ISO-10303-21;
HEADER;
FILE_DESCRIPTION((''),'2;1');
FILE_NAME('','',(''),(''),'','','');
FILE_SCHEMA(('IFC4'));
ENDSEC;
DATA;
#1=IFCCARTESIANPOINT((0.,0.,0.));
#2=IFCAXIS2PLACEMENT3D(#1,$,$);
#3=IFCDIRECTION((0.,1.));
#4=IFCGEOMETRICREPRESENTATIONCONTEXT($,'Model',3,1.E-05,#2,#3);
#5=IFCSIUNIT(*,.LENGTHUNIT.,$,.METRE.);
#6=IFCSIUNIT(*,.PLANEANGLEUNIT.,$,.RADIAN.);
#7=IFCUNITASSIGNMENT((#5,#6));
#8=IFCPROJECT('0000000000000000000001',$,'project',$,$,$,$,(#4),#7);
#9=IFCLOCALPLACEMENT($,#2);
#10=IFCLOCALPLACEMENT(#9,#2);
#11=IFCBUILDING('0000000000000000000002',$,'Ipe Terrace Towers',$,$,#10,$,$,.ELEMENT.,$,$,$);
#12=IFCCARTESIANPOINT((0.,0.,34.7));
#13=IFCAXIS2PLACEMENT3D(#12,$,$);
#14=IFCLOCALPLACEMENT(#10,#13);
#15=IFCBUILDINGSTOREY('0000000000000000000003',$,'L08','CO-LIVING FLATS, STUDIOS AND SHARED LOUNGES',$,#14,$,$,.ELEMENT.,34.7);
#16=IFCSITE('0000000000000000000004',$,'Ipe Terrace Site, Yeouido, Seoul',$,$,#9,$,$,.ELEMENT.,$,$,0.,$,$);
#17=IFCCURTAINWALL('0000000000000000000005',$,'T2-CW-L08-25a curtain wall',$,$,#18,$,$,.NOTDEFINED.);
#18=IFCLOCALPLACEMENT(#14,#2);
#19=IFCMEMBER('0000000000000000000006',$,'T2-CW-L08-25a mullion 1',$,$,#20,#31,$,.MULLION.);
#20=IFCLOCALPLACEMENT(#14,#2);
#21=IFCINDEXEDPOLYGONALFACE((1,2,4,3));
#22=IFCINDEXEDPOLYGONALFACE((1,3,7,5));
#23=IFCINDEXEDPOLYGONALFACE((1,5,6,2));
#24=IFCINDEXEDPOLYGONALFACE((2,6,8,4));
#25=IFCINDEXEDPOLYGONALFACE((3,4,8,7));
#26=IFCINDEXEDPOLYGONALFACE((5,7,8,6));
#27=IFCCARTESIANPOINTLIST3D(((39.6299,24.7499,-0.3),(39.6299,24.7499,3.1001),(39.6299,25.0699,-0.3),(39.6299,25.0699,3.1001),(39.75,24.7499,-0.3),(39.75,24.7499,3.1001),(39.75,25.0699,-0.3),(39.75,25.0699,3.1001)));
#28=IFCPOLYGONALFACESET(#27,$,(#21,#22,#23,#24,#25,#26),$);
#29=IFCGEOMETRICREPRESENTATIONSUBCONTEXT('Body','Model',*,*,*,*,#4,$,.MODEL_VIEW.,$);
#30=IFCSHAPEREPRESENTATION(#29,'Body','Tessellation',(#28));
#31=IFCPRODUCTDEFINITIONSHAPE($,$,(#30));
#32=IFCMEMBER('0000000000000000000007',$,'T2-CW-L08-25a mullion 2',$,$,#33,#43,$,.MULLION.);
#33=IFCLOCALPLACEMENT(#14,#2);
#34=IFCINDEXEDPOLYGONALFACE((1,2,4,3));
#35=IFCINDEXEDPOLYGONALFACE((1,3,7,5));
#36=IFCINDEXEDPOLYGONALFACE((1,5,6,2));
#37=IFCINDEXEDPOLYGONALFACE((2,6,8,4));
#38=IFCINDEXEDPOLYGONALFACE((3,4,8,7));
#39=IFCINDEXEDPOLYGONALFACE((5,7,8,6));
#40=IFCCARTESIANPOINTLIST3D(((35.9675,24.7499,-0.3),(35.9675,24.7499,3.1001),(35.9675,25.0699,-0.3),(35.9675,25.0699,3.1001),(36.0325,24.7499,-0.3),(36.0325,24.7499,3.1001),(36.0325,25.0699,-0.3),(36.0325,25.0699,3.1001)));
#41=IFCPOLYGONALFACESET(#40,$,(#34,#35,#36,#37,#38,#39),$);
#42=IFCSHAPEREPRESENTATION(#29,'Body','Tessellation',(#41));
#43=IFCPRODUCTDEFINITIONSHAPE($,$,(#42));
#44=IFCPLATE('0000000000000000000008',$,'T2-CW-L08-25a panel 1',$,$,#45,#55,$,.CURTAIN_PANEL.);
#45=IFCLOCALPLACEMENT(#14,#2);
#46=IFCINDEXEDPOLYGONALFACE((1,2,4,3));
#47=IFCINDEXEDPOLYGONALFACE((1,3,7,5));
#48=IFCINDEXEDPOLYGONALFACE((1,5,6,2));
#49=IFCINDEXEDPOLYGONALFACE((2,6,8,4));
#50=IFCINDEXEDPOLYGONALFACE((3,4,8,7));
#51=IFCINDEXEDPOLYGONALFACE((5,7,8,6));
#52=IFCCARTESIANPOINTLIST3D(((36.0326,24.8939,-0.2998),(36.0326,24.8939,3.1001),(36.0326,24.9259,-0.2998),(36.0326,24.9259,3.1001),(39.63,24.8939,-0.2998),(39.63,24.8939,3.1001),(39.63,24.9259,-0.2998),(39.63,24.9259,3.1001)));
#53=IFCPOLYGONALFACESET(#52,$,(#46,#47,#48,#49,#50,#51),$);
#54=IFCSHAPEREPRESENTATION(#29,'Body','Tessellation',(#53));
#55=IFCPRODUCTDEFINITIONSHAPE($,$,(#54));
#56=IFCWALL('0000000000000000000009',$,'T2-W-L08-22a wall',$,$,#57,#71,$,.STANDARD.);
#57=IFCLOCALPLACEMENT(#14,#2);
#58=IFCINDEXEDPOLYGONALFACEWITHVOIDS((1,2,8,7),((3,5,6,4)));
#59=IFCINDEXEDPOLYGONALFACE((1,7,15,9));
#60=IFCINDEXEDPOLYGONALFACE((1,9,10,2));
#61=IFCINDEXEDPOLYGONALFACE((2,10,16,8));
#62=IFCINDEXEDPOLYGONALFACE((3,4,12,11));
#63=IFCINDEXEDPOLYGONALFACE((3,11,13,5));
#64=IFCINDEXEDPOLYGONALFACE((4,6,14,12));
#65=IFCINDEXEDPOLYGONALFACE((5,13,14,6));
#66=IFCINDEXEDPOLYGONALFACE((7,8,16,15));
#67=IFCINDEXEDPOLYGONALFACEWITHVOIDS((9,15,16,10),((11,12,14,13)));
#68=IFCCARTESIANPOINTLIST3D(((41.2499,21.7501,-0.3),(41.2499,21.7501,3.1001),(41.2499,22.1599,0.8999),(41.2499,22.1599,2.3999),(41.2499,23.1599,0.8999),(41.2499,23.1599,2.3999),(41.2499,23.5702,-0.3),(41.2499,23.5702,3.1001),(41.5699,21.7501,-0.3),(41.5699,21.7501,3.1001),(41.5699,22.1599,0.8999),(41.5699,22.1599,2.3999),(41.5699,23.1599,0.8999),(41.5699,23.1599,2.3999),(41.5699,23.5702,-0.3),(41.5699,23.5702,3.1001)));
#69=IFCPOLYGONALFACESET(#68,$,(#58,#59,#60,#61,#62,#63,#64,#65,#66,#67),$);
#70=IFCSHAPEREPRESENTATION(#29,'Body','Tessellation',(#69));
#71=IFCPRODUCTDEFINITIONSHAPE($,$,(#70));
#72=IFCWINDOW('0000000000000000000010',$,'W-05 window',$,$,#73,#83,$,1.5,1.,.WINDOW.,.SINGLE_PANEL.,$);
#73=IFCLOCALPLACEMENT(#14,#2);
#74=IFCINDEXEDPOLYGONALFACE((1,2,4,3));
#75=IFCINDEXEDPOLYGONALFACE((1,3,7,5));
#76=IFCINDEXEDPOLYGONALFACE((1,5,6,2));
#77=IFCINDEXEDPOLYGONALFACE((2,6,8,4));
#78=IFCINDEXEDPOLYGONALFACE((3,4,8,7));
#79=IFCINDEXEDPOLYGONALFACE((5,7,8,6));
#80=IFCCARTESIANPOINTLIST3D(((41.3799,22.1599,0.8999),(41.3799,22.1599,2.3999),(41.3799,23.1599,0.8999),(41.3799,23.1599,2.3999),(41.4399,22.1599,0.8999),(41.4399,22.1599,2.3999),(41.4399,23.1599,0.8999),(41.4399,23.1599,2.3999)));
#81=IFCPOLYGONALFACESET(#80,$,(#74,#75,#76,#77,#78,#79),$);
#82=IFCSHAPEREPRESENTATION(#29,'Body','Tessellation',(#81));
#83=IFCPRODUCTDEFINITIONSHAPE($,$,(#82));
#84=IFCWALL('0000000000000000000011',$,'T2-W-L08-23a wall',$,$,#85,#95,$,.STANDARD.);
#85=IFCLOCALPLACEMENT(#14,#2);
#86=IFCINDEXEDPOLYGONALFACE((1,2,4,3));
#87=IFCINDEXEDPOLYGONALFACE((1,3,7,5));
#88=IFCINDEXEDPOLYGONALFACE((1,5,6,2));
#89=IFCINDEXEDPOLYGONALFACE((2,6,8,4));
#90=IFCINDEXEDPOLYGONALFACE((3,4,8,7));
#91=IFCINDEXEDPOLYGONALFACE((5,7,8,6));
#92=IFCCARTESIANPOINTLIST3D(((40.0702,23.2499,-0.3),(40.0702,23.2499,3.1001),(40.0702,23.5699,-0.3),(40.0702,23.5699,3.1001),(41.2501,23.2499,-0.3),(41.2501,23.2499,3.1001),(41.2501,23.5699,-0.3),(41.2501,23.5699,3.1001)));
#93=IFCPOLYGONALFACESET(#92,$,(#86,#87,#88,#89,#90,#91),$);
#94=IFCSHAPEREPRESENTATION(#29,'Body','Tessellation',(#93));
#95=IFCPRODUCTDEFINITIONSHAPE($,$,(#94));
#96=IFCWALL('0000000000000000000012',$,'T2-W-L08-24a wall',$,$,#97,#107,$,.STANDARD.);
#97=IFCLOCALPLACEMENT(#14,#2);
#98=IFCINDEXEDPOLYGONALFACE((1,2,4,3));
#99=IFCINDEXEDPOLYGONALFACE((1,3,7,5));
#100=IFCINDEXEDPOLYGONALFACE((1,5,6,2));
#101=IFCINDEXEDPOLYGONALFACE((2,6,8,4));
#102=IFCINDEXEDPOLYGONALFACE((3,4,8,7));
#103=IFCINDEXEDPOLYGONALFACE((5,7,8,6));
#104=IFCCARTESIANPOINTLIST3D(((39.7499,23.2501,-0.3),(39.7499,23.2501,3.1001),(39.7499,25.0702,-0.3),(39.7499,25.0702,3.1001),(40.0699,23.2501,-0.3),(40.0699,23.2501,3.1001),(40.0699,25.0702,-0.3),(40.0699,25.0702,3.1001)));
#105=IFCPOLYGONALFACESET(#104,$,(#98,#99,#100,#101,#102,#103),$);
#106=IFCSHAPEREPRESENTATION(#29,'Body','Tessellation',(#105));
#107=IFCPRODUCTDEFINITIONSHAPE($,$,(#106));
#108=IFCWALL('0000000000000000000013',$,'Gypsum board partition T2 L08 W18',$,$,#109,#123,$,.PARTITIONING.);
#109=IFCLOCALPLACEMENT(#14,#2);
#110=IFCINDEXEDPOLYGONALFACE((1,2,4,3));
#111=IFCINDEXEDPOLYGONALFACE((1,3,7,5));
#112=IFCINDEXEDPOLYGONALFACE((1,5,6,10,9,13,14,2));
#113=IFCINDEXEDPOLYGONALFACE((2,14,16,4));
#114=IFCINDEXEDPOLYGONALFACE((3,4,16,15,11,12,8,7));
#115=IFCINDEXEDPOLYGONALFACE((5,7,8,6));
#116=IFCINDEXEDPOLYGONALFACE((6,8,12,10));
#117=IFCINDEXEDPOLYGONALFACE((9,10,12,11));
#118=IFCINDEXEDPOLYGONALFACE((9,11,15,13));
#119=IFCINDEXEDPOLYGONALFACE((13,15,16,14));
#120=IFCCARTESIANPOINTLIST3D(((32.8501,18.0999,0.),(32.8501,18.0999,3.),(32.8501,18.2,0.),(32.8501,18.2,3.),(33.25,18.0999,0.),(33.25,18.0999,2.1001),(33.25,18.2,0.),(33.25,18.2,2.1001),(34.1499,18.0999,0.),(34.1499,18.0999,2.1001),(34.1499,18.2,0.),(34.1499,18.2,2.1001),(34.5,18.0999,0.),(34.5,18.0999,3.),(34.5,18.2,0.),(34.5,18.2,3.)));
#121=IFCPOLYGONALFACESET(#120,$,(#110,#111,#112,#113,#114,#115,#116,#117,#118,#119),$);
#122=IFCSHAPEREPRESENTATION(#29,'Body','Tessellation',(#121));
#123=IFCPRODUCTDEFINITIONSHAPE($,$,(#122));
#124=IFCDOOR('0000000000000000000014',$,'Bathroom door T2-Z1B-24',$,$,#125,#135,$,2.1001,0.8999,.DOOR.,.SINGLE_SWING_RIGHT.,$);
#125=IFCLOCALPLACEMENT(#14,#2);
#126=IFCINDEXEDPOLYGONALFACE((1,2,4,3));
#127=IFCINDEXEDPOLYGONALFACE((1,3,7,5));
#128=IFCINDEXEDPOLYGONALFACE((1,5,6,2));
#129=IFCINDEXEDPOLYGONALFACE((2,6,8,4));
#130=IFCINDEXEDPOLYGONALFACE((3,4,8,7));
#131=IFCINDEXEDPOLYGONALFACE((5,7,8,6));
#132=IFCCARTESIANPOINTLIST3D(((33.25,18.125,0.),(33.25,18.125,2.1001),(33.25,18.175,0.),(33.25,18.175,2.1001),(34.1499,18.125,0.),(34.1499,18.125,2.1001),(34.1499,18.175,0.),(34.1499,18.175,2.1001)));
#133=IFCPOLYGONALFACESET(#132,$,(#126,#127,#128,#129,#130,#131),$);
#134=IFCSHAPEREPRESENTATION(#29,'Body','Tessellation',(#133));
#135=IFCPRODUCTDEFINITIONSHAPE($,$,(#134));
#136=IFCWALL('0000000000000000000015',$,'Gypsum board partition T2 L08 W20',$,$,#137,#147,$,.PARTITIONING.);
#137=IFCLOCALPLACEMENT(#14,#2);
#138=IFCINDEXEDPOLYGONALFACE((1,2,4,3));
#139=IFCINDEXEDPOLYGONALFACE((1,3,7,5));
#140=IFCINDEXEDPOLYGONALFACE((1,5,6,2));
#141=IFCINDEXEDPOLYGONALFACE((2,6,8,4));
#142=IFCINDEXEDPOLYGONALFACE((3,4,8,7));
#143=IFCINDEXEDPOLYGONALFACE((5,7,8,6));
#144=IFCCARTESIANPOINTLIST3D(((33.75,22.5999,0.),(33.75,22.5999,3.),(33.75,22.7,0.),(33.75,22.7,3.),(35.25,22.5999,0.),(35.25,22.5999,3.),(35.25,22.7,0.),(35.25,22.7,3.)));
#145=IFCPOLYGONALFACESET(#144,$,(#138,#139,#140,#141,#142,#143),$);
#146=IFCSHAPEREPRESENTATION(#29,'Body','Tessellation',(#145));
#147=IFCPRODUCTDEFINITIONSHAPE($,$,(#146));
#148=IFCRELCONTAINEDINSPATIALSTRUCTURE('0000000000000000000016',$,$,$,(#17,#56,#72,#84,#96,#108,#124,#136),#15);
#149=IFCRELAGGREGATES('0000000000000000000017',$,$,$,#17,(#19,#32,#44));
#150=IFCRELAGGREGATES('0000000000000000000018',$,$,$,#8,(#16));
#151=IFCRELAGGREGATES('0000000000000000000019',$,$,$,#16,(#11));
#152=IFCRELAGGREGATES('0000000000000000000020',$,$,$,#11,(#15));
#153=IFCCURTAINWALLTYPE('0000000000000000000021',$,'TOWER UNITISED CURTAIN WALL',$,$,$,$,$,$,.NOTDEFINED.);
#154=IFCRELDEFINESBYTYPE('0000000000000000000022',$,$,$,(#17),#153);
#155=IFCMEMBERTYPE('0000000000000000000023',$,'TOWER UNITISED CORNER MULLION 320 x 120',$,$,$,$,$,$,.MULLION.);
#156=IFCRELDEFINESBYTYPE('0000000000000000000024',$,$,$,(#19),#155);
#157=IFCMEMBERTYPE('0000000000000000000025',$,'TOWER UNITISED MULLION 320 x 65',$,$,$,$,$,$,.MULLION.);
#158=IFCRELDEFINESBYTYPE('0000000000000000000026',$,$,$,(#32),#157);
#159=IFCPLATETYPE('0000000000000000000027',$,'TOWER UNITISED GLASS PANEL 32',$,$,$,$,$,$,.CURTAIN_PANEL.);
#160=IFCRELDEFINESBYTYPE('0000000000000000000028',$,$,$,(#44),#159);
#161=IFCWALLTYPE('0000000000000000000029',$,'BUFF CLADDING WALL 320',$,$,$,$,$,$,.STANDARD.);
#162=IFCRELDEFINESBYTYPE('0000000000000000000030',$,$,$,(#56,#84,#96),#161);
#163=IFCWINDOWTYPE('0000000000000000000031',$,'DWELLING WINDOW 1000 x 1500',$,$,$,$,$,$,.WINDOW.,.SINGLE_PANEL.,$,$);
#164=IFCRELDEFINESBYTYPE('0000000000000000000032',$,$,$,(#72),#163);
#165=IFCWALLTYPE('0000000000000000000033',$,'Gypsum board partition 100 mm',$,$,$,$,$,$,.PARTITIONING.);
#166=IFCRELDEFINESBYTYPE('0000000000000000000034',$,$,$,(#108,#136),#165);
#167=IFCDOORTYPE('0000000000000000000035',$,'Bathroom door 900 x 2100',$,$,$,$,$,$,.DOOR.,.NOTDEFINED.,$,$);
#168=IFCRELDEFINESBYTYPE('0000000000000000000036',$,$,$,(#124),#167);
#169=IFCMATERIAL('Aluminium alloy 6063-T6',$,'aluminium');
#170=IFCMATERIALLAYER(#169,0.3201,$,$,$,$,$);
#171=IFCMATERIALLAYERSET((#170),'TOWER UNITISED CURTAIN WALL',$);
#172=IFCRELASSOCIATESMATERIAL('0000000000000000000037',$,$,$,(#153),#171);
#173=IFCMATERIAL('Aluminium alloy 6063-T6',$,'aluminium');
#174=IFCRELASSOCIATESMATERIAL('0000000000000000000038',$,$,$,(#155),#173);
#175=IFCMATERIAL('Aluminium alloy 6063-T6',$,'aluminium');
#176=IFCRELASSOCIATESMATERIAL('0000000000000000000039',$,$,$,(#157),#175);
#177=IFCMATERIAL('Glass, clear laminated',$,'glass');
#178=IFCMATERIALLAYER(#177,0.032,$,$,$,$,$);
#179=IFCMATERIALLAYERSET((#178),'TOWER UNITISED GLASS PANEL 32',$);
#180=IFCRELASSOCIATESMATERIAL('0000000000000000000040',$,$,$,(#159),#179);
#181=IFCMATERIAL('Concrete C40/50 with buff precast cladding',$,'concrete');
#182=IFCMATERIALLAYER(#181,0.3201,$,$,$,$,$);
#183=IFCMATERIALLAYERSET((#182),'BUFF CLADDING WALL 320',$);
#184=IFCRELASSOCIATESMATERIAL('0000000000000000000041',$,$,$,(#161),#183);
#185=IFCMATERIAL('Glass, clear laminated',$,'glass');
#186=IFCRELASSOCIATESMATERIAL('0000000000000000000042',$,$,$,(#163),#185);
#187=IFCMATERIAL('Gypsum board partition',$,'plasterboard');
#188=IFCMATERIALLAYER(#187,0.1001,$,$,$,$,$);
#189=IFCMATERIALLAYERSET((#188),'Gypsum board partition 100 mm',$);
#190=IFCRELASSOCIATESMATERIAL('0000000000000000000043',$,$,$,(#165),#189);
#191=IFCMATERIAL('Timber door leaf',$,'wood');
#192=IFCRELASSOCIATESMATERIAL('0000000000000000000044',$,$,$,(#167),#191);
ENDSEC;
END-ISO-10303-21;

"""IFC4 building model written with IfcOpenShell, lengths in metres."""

from ifc_helpers import new_model, si_unit, direction, frame, frame_2d, origin, origin_2d, place, context, subcontext, project, spatial, rectangle, extrude, material, layer, layer_set, material_profile, profile_set, type_object, element, fill, aggregate, save


model = new_model("IFC4")

# Units and contexts
model_context = context("Model", 3, precision=1e-05, world=origin(), true_north=direction((0.0, 1.0)))
body_context = subcontext(model_context, "Body", "Model", "MODEL_VIEW")
ifc_project = project(units=[si_unit("LENGTHUNIT", "METRE"), si_unit("PLANEANGLEUNIT", "RADIAN")], contexts=[model_context])

# Site, building, storey
site_placement = place(None, origin())
site = spatial("IfcSite", under=ifc_project, at=site_placement, Name="Ipe Terrace Site, Yeouido, Seoul", CompositionType="ELEMENT", RefElevation=0.0)
building_placement = place(site_placement, origin())
building = spatial("IfcBuilding", under=site, at=building_placement, Name="Ipe Terrace Towers", CompositionType="ELEMENT")
storey_placement = place(building_placement, frame((0.0, 0.0, 34.7)))
storey = spatial("IfcBuildingStorey", under=building, at=storey_placement, Name="L08", Description="CO-LIVING FLATS, STUDIOS AND SHARED LOUNGES", CompositionType="ELEMENT", Elevation=34.7)

# Curtain wall, members, plate
ifc_material_1 = material(Name="Aluminium alloy 6063-T6", Category="aluminium")
ifc_layer_1 = layer(ifc_material_1, 0.3201)
ifc_layer_set_1 = layer_set([ifc_layer_1], Name="TOWER UNITISED CURTAIN WALL")
curtain_wall_type = type_object("IfcCurtainWallType", Name="TOWER UNITISED CURTAIN WALL", PredefinedType="NOTDEFINED", material=ifc_layer_set_1)
curtain_wall_placement = place(storey_placement, origin())
curtain_wall = element("IfcCurtainWall", 1, at=curtain_wall_placement, inside=storey, type_object=curtain_wall_type, Name="T2-CW-L08-25a curtain wall", PredefinedType="NOTDEFINED")
ifc_material_2 = material(Name="Aluminium alloy 6063-T6", Category="aluminium")
ifc_material_profile_1 = material_profile(ifc_material_2, rectangle(XDim=0.3201, YDim=0.1201, at=origin_2d()), Name="TOWER UNITISED CORNER MULLION 320 x 120")
ifc_profile_set_1 = profile_set([ifc_material_profile_1], Name="Aluminium alloy 6063-T6")
member_type_1 = type_object("IfcMemberType", Name="TOWER UNITISED CORNER MULLION 320 x 120", PredefinedType="MULLION", material=ifc_profile_set_1)
member_1_placement = place(storey_placement, frame((39.6899, 24.9099, -0.3), z_axis=(0.0, 0.0, 1.0), x_axis=(0.0, 1.0, 0.0)))
member_1 = element("IfcMember", 2, at=member_1_placement, type_object=member_type_1, Name="T2-CW-L08-25a mullion 1", PredefinedType="MULLION", context=body_context, shape_type="SweptSolid", body=[
    extrude(rectangle(XDim=0.3201, YDim=0.1201, at=origin_2d()), origin(), (0.0, 0.0, 1.0), 3.4001),
])
ifc_material_3 = material(Name="Aluminium alloy 6063-T6", Category="aluminium")
ifc_material_profile_2 = material_profile(ifc_material_3, rectangle(XDim=0.3201, YDim=0.0649, at=origin_2d()), Name="TOWER UNITISED MULLION 320 x 65")
ifc_profile_set_2 = profile_set([ifc_material_profile_2], Name="Aluminium alloy 6063-T6")
member_type_2 = type_object("IfcMemberType", Name="TOWER UNITISED MULLION 320 x 65", PredefinedType="MULLION", material=ifc_profile_set_2)
member_2_placement = place(storey_placement, frame((36.0, 24.9099, -0.3), z_axis=(0.0, 0.0, 1.0), x_axis=(0.0, 1.0, 0.0)))
member_2 = element("IfcMember", 3, at=member_2_placement, type_object=member_type_2, Name="T2-CW-L08-25a mullion 2", PredefinedType="MULLION", context=body_context, shape_type="SweptSolid", body=[
    extrude(rectangle(XDim=0.3201, YDim=0.0649, at=origin_2d()), origin(), (0.0, 0.0, 1.0), 3.4001),
])
ifc_material_4 = material(Name="Glass, clear laminated", Category="glass")
ifc_layer_2 = layer(ifc_material_4, 0.032)
ifc_layer_set_2 = layer_set([ifc_layer_2], Name="TOWER UNITISED GLASS PANEL 32")
plate_type = type_object("IfcPlateType", Name="TOWER UNITISED GLASS PANEL 32", PredefinedType="CURTAIN_PANEL", material=ifc_layer_set_2)
plate_placement = place(storey_placement, frame((37.8313, 24.9099, -0.2998), z_axis=(0.0, 0.0, 1.0), x_axis=(-1.0, 0.0, 0.0)))
plate = element("IfcPlate", 4, at=plate_placement, type_object=plate_type, Name="T2-CW-L08-25a panel 1", PredefinedType="CURTAIN_PANEL", context=body_context, shape_type="SweptSolid", body=[
    extrude(rectangle(XDim=3.5974, YDim=0.032, at=origin_2d()), origin(), (0.0, 0.0, 1.0), 3.3999),
])
aggregate(curtain_wall, [member_1, member_2, plate])

# Wall, opening, window
ifc_material_5 = material(Name="Concrete C40/50 with buff precast cladding", Category="concrete")
ifc_layer_3 = layer(ifc_material_5, 0.3201)
ifc_layer_set_3 = layer_set([ifc_layer_3], Name="BUFF CLADDING WALL 320")
wall_type_1 = type_object("IfcWallType", Name="BUFF CLADDING WALL 320", PredefinedType="STANDARD", material=ifc_layer_set_3)
wall_1_placement = place(storey_placement, frame((41.4099, 21.75, -0.3), z_axis=(0.0, 0.0, 1.0), x_axis=(0.0, 1.0, 0.0)))
wall_1 = element("IfcWall", 5, at=wall_1_placement, inside=storey, type_object=wall_type_1, Name="T2-W-L08-22a wall", PredefinedType="STANDARD", context=body_context, shape_type="SweptSolid", body=[
    extrude(rectangle(XDim=1.8201, YDim=0.3201, at=frame_2d((0.9102, 0.0))), origin(), (0.0, 0.0, 1.0), 3.4001),
])
opening_1_placement = place(wall_1_placement, frame((0.4099, 0.0, 1.2)))
opening_1 = element("IfcOpeningElement", 6, at=opening_1_placement, cuts=wall_1, PredefinedType="OPENING", context=body_context, shape_type="SweptSolid", body=[
    extrude(rectangle(XDim=1.0, YDim=1.5, at=frame_2d((0.5, 0.75))), frame((0.0, 0.1699, 0.0), z_axis=(0.0, -1.0, 0.0), x_axis=(1.0, 0.0, 0.0)), (0.0, 0.0, 1.0), 0.3401),
])
ifc_material_6 = material(Name="Glass, clear laminated", Category="glass")
window_type = type_object("IfcWindowType", Name="DWELLING WINDOW 1000 x 1500", PartitioningType="SINGLE_PANEL", PredefinedType="WINDOW", material=ifc_material_6)
window_placement = place(opening_1_placement, origin())
window = element("IfcWindow", 7, at=window_placement, inside=storey, type_object=window_type, Name="W-05 window", OverallHeight=1.5, OverallWidth=1.0, PartitioningType="SINGLE_PANEL", PredefinedType="WINDOW", context=body_context, shape_type="SweptSolid", body=[
    extrude(rectangle(XDim=1.0, YDim=1.5, at=frame_2d((0.5, 0.75))), frame((0.0, 0.03, 0.0), z_axis=(0.0, -1.0, 0.0), x_axis=(1.0, 0.0, 0.0)), (0.0, 0.0, 1.0), 0.0601),
])
fill(opening_1, window)

# Walls
wall_2_placement = place(storey_placement, frame((41.25, 23.4099, -0.3), z_axis=(0.0, 0.0, 1.0), x_axis=(-1.0, 0.0, 0.0)))
element("IfcWall", 8, at=wall_2_placement, inside=storey, type_object=wall_type_1, Name="T2-W-L08-23a wall", PredefinedType="STANDARD", context=body_context, shape_type="SweptSolid", body=[
    extrude(rectangle(XDim=1.1799, YDim=0.3201, at=frame_2d((0.5898, 0.0))), origin(), (0.0, 0.0, 1.0), 3.4001),
])
wall_3_placement = place(storey_placement, frame((39.9099, 23.25, -0.3), z_axis=(0.0, 0.0, 1.0), x_axis=(0.0, 1.0, 0.0)))
element("IfcWall", 9, at=wall_3_placement, inside=storey, type_object=wall_type_1, Name="T2-W-L08-24a wall", PredefinedType="STANDARD", context=body_context, shape_type="SweptSolid", body=[
    extrude(rectangle(XDim=1.8201, YDim=0.3201, at=frame_2d((0.9102, 0.0))), origin(), (0.0, 0.0, 1.0), 3.4001),
])

# Wall, opening, door
ifc_material_7 = material(Name="Gypsum board partition", Category="plasterboard")
ifc_layer_4 = layer(ifc_material_7, 0.1001)
ifc_layer_set_4 = layer_set([ifc_layer_4], Name="Gypsum board partition 100 mm")
wall_type_2 = type_object("IfcWallType", Name="Gypsum board partition 100 mm", PredefinedType="PARTITIONING", material=ifc_layer_set_4)
wall_4_placement = place(storey_placement, frame((34.5, 18.1499, 0.0), z_axis=(0.0, 0.0, 1.0), x_axis=(-1.0, 0.0, 0.0)))
wall_4 = element("IfcWall", 10, at=wall_4_placement, inside=storey, type_object=wall_type_2, Name="Gypsum board partition T2 L08 W18", PredefinedType="PARTITIONING", context=body_context, shape_type="SweptSolid", body=[
    extrude(rectangle(XDim=1.6499, YDim=0.1001, at=frame_2d((0.825, 0.0))), origin(), (0.0, 0.0, 1.0), 3.0),
])
opening_2_placement = place(wall_4_placement, frame((0.3501, 0.0, 0.0)))
opening_2 = element("IfcOpeningElement", 11, at=opening_2_placement, cuts=wall_4, PredefinedType="OPENING", context=body_context, shape_type="SweptSolid", body=[
    extrude(rectangle(XDim=0.8999, YDim=2.1001, at=frame_2d((0.45, 1.05))), frame((0.0, 0.0601, 0.0), z_axis=(0.0, -1.0, 0.0), x_axis=(1.0, 0.0, 0.0)), (0.0, 0.0, 1.0), 0.1201),
])
ifc_material_8 = material(Name="Timber door leaf", Category="wood")
door_type_1 = type_object("IfcDoorType", Name="Bathroom door 900 x 2100", OperationType="NOTDEFINED", PredefinedType="DOOR", material=ifc_material_8)
door_1_placement = place(opening_2_placement, origin())
door_1 = element("IfcDoor", 12, at=door_1_placement, inside=storey, type_object=door_type_1, Name="Bathroom door T2-Z1B-24", OperationType="SINGLE_SWING_RIGHT", OverallHeight=2.1001, OverallWidth=0.8999, PredefinedType="DOOR", context=body_context, shape_type="SweptSolid", body=[
    extrude(rectangle(XDim=0.8999, YDim=2.1001, at=frame_2d((0.45, 1.05))), frame((0.0, 0.0249, 0.0), z_axis=(0.0, -1.0, 0.0), x_axis=(1.0, 0.0, 0.0)), (0.0, 0.0, 1.0), 0.05),
])
fill(opening_2, door_1)

# Wall
wall_5_placement = place(storey_placement, frame((35.25, 22.6499, 0.0), z_axis=(0.0, 0.0, 1.0), x_axis=(-1.0, 0.0, 0.0)))
element("IfcWall", 13, at=wall_5_placement, inside=storey, type_object=wall_type_2, Name="Gypsum board partition T2 L08 W20", PredefinedType="PARTITIONING", context=body_context, shape_type="SweptSolid", body=[
    extrude(rectangle(XDim=1.5, YDim=0.1001, at=frame_2d((0.75, 0.0))), origin(), (0.0, 0.0, 1.0), 3.0),
])

save(model, "model.ifc")
